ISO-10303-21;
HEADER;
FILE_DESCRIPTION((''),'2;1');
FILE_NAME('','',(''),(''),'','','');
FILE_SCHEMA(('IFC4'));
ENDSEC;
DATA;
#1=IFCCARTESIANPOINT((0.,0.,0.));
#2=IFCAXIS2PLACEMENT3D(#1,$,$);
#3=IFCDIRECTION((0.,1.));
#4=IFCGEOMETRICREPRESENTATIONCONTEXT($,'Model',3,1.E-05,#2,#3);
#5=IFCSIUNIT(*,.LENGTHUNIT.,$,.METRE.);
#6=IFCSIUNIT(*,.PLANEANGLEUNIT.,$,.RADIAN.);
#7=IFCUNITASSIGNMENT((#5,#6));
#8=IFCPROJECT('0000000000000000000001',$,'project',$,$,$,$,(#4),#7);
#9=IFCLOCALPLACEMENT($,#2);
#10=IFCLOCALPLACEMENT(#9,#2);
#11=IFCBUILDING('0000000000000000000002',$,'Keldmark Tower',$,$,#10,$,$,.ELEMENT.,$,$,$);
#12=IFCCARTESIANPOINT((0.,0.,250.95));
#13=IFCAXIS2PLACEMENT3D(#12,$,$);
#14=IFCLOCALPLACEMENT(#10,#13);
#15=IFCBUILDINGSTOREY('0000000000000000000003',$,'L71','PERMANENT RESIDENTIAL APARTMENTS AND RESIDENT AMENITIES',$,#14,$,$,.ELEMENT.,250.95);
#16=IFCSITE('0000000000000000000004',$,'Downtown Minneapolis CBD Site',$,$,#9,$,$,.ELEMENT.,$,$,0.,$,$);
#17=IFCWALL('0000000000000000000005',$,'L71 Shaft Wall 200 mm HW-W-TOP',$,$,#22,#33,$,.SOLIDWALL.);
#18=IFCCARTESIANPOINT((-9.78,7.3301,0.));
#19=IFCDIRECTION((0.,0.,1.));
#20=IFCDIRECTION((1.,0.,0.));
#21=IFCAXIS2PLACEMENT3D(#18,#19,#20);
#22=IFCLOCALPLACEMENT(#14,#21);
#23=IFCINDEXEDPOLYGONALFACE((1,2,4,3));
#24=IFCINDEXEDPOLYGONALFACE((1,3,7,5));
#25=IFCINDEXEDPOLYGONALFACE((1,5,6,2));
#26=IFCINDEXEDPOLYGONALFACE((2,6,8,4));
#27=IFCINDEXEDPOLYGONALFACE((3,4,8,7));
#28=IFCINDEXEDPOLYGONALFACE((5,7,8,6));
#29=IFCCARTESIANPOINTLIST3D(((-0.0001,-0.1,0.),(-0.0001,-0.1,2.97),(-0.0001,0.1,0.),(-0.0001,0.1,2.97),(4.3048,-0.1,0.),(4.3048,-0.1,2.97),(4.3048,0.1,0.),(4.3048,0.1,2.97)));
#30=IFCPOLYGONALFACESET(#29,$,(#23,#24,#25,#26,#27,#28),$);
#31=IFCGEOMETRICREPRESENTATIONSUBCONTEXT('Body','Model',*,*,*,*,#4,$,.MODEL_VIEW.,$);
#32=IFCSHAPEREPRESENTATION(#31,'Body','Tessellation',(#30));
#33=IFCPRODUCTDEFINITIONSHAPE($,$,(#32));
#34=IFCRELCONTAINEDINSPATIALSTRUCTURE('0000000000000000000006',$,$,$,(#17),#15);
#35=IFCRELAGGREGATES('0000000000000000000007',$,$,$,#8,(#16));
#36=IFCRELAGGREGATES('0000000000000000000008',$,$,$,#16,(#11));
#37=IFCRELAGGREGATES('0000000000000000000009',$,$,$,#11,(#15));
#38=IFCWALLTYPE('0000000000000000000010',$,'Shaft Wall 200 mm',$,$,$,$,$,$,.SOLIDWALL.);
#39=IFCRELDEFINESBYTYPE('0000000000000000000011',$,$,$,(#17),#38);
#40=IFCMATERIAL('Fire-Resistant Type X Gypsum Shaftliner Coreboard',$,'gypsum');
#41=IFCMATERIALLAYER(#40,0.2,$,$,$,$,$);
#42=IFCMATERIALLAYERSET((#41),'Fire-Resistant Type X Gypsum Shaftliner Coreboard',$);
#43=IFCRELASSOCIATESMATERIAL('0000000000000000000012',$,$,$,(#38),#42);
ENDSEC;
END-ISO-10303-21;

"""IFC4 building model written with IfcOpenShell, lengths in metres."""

from ifc_helpers import new_model, si_unit, direction, frame, frame_2d, origin, place, context, subcontext, project, spatial, rectangle, extrude, material, layer, layer_set, type_object, element, save


model = new_model("IFC4")

# Units and contexts
model_context = context("Model", 3, precision=1e-05, world=origin(), true_north=direction((0.0, 1.0)))
body_context = subcontext(model_context, "Body", "Model", "MODEL_VIEW")
ifc_project = project(units=[si_unit("LENGTHUNIT", "METRE"), si_unit("PLANEANGLEUNIT", "RADIAN")], contexts=[model_context])

# Site, building, storey
site_placement = place(None, origin())
site = spatial("IfcSite", under=ifc_project, at=site_placement, Name="Downtown Minneapolis CBD Site", CompositionType="ELEMENT", RefElevation=0.0)
building_placement = place(site_placement, origin())
building = spatial("IfcBuilding", under=site, at=building_placement, Name="Keldmark Tower", CompositionType="ELEMENT")
storey_placement = place(building_placement, frame((0.0, 0.0, 250.95)))
storey = spatial("IfcBuildingStorey", under=building, at=storey_placement, Name="L71", Description="PERMANENT RESIDENTIAL APARTMENTS AND RESIDENT AMENITIES", CompositionType="ELEMENT", Elevation=250.95)

# Wall
ifc_material_1 = material(Name="Fire-Resistant Type X Gypsum Shaftliner Coreboard", Category="gypsum")
ifc_layer_1 = layer(ifc_material_1, 0.2)
ifc_layer_set_1 = layer_set([ifc_layer_1], Name="Fire-Resistant Type X Gypsum Shaftliner Coreboard")
wall_type_1 = type_object("IfcWallType", Name="Shaft Wall 200 mm", PredefinedType="SOLIDWALL", material=ifc_layer_set_1)
wall_1_placement = place(storey_placement, frame((-9.78, 7.3301, 0.0), z_axis=(0.0, 0.0, 1.0), x_axis=(1.0, 0.0, 0.0)))
element("IfcWall", 1, at=wall_1_placement, inside=storey, type_object=wall_type_1, Name="L71 Shaft Wall 200 mm HW-W-TOP", PredefinedType="SOLIDWALL", context=body_context, shape_type="SweptSolid", body=[
    extrude(rectangle(XDim=4.3049, YDim=0.2, at=frame_2d((2.1523, 0.0))), origin(), (0.0, 0.0, 1.0), 2.97),
])

save(model, "model.ifc")
